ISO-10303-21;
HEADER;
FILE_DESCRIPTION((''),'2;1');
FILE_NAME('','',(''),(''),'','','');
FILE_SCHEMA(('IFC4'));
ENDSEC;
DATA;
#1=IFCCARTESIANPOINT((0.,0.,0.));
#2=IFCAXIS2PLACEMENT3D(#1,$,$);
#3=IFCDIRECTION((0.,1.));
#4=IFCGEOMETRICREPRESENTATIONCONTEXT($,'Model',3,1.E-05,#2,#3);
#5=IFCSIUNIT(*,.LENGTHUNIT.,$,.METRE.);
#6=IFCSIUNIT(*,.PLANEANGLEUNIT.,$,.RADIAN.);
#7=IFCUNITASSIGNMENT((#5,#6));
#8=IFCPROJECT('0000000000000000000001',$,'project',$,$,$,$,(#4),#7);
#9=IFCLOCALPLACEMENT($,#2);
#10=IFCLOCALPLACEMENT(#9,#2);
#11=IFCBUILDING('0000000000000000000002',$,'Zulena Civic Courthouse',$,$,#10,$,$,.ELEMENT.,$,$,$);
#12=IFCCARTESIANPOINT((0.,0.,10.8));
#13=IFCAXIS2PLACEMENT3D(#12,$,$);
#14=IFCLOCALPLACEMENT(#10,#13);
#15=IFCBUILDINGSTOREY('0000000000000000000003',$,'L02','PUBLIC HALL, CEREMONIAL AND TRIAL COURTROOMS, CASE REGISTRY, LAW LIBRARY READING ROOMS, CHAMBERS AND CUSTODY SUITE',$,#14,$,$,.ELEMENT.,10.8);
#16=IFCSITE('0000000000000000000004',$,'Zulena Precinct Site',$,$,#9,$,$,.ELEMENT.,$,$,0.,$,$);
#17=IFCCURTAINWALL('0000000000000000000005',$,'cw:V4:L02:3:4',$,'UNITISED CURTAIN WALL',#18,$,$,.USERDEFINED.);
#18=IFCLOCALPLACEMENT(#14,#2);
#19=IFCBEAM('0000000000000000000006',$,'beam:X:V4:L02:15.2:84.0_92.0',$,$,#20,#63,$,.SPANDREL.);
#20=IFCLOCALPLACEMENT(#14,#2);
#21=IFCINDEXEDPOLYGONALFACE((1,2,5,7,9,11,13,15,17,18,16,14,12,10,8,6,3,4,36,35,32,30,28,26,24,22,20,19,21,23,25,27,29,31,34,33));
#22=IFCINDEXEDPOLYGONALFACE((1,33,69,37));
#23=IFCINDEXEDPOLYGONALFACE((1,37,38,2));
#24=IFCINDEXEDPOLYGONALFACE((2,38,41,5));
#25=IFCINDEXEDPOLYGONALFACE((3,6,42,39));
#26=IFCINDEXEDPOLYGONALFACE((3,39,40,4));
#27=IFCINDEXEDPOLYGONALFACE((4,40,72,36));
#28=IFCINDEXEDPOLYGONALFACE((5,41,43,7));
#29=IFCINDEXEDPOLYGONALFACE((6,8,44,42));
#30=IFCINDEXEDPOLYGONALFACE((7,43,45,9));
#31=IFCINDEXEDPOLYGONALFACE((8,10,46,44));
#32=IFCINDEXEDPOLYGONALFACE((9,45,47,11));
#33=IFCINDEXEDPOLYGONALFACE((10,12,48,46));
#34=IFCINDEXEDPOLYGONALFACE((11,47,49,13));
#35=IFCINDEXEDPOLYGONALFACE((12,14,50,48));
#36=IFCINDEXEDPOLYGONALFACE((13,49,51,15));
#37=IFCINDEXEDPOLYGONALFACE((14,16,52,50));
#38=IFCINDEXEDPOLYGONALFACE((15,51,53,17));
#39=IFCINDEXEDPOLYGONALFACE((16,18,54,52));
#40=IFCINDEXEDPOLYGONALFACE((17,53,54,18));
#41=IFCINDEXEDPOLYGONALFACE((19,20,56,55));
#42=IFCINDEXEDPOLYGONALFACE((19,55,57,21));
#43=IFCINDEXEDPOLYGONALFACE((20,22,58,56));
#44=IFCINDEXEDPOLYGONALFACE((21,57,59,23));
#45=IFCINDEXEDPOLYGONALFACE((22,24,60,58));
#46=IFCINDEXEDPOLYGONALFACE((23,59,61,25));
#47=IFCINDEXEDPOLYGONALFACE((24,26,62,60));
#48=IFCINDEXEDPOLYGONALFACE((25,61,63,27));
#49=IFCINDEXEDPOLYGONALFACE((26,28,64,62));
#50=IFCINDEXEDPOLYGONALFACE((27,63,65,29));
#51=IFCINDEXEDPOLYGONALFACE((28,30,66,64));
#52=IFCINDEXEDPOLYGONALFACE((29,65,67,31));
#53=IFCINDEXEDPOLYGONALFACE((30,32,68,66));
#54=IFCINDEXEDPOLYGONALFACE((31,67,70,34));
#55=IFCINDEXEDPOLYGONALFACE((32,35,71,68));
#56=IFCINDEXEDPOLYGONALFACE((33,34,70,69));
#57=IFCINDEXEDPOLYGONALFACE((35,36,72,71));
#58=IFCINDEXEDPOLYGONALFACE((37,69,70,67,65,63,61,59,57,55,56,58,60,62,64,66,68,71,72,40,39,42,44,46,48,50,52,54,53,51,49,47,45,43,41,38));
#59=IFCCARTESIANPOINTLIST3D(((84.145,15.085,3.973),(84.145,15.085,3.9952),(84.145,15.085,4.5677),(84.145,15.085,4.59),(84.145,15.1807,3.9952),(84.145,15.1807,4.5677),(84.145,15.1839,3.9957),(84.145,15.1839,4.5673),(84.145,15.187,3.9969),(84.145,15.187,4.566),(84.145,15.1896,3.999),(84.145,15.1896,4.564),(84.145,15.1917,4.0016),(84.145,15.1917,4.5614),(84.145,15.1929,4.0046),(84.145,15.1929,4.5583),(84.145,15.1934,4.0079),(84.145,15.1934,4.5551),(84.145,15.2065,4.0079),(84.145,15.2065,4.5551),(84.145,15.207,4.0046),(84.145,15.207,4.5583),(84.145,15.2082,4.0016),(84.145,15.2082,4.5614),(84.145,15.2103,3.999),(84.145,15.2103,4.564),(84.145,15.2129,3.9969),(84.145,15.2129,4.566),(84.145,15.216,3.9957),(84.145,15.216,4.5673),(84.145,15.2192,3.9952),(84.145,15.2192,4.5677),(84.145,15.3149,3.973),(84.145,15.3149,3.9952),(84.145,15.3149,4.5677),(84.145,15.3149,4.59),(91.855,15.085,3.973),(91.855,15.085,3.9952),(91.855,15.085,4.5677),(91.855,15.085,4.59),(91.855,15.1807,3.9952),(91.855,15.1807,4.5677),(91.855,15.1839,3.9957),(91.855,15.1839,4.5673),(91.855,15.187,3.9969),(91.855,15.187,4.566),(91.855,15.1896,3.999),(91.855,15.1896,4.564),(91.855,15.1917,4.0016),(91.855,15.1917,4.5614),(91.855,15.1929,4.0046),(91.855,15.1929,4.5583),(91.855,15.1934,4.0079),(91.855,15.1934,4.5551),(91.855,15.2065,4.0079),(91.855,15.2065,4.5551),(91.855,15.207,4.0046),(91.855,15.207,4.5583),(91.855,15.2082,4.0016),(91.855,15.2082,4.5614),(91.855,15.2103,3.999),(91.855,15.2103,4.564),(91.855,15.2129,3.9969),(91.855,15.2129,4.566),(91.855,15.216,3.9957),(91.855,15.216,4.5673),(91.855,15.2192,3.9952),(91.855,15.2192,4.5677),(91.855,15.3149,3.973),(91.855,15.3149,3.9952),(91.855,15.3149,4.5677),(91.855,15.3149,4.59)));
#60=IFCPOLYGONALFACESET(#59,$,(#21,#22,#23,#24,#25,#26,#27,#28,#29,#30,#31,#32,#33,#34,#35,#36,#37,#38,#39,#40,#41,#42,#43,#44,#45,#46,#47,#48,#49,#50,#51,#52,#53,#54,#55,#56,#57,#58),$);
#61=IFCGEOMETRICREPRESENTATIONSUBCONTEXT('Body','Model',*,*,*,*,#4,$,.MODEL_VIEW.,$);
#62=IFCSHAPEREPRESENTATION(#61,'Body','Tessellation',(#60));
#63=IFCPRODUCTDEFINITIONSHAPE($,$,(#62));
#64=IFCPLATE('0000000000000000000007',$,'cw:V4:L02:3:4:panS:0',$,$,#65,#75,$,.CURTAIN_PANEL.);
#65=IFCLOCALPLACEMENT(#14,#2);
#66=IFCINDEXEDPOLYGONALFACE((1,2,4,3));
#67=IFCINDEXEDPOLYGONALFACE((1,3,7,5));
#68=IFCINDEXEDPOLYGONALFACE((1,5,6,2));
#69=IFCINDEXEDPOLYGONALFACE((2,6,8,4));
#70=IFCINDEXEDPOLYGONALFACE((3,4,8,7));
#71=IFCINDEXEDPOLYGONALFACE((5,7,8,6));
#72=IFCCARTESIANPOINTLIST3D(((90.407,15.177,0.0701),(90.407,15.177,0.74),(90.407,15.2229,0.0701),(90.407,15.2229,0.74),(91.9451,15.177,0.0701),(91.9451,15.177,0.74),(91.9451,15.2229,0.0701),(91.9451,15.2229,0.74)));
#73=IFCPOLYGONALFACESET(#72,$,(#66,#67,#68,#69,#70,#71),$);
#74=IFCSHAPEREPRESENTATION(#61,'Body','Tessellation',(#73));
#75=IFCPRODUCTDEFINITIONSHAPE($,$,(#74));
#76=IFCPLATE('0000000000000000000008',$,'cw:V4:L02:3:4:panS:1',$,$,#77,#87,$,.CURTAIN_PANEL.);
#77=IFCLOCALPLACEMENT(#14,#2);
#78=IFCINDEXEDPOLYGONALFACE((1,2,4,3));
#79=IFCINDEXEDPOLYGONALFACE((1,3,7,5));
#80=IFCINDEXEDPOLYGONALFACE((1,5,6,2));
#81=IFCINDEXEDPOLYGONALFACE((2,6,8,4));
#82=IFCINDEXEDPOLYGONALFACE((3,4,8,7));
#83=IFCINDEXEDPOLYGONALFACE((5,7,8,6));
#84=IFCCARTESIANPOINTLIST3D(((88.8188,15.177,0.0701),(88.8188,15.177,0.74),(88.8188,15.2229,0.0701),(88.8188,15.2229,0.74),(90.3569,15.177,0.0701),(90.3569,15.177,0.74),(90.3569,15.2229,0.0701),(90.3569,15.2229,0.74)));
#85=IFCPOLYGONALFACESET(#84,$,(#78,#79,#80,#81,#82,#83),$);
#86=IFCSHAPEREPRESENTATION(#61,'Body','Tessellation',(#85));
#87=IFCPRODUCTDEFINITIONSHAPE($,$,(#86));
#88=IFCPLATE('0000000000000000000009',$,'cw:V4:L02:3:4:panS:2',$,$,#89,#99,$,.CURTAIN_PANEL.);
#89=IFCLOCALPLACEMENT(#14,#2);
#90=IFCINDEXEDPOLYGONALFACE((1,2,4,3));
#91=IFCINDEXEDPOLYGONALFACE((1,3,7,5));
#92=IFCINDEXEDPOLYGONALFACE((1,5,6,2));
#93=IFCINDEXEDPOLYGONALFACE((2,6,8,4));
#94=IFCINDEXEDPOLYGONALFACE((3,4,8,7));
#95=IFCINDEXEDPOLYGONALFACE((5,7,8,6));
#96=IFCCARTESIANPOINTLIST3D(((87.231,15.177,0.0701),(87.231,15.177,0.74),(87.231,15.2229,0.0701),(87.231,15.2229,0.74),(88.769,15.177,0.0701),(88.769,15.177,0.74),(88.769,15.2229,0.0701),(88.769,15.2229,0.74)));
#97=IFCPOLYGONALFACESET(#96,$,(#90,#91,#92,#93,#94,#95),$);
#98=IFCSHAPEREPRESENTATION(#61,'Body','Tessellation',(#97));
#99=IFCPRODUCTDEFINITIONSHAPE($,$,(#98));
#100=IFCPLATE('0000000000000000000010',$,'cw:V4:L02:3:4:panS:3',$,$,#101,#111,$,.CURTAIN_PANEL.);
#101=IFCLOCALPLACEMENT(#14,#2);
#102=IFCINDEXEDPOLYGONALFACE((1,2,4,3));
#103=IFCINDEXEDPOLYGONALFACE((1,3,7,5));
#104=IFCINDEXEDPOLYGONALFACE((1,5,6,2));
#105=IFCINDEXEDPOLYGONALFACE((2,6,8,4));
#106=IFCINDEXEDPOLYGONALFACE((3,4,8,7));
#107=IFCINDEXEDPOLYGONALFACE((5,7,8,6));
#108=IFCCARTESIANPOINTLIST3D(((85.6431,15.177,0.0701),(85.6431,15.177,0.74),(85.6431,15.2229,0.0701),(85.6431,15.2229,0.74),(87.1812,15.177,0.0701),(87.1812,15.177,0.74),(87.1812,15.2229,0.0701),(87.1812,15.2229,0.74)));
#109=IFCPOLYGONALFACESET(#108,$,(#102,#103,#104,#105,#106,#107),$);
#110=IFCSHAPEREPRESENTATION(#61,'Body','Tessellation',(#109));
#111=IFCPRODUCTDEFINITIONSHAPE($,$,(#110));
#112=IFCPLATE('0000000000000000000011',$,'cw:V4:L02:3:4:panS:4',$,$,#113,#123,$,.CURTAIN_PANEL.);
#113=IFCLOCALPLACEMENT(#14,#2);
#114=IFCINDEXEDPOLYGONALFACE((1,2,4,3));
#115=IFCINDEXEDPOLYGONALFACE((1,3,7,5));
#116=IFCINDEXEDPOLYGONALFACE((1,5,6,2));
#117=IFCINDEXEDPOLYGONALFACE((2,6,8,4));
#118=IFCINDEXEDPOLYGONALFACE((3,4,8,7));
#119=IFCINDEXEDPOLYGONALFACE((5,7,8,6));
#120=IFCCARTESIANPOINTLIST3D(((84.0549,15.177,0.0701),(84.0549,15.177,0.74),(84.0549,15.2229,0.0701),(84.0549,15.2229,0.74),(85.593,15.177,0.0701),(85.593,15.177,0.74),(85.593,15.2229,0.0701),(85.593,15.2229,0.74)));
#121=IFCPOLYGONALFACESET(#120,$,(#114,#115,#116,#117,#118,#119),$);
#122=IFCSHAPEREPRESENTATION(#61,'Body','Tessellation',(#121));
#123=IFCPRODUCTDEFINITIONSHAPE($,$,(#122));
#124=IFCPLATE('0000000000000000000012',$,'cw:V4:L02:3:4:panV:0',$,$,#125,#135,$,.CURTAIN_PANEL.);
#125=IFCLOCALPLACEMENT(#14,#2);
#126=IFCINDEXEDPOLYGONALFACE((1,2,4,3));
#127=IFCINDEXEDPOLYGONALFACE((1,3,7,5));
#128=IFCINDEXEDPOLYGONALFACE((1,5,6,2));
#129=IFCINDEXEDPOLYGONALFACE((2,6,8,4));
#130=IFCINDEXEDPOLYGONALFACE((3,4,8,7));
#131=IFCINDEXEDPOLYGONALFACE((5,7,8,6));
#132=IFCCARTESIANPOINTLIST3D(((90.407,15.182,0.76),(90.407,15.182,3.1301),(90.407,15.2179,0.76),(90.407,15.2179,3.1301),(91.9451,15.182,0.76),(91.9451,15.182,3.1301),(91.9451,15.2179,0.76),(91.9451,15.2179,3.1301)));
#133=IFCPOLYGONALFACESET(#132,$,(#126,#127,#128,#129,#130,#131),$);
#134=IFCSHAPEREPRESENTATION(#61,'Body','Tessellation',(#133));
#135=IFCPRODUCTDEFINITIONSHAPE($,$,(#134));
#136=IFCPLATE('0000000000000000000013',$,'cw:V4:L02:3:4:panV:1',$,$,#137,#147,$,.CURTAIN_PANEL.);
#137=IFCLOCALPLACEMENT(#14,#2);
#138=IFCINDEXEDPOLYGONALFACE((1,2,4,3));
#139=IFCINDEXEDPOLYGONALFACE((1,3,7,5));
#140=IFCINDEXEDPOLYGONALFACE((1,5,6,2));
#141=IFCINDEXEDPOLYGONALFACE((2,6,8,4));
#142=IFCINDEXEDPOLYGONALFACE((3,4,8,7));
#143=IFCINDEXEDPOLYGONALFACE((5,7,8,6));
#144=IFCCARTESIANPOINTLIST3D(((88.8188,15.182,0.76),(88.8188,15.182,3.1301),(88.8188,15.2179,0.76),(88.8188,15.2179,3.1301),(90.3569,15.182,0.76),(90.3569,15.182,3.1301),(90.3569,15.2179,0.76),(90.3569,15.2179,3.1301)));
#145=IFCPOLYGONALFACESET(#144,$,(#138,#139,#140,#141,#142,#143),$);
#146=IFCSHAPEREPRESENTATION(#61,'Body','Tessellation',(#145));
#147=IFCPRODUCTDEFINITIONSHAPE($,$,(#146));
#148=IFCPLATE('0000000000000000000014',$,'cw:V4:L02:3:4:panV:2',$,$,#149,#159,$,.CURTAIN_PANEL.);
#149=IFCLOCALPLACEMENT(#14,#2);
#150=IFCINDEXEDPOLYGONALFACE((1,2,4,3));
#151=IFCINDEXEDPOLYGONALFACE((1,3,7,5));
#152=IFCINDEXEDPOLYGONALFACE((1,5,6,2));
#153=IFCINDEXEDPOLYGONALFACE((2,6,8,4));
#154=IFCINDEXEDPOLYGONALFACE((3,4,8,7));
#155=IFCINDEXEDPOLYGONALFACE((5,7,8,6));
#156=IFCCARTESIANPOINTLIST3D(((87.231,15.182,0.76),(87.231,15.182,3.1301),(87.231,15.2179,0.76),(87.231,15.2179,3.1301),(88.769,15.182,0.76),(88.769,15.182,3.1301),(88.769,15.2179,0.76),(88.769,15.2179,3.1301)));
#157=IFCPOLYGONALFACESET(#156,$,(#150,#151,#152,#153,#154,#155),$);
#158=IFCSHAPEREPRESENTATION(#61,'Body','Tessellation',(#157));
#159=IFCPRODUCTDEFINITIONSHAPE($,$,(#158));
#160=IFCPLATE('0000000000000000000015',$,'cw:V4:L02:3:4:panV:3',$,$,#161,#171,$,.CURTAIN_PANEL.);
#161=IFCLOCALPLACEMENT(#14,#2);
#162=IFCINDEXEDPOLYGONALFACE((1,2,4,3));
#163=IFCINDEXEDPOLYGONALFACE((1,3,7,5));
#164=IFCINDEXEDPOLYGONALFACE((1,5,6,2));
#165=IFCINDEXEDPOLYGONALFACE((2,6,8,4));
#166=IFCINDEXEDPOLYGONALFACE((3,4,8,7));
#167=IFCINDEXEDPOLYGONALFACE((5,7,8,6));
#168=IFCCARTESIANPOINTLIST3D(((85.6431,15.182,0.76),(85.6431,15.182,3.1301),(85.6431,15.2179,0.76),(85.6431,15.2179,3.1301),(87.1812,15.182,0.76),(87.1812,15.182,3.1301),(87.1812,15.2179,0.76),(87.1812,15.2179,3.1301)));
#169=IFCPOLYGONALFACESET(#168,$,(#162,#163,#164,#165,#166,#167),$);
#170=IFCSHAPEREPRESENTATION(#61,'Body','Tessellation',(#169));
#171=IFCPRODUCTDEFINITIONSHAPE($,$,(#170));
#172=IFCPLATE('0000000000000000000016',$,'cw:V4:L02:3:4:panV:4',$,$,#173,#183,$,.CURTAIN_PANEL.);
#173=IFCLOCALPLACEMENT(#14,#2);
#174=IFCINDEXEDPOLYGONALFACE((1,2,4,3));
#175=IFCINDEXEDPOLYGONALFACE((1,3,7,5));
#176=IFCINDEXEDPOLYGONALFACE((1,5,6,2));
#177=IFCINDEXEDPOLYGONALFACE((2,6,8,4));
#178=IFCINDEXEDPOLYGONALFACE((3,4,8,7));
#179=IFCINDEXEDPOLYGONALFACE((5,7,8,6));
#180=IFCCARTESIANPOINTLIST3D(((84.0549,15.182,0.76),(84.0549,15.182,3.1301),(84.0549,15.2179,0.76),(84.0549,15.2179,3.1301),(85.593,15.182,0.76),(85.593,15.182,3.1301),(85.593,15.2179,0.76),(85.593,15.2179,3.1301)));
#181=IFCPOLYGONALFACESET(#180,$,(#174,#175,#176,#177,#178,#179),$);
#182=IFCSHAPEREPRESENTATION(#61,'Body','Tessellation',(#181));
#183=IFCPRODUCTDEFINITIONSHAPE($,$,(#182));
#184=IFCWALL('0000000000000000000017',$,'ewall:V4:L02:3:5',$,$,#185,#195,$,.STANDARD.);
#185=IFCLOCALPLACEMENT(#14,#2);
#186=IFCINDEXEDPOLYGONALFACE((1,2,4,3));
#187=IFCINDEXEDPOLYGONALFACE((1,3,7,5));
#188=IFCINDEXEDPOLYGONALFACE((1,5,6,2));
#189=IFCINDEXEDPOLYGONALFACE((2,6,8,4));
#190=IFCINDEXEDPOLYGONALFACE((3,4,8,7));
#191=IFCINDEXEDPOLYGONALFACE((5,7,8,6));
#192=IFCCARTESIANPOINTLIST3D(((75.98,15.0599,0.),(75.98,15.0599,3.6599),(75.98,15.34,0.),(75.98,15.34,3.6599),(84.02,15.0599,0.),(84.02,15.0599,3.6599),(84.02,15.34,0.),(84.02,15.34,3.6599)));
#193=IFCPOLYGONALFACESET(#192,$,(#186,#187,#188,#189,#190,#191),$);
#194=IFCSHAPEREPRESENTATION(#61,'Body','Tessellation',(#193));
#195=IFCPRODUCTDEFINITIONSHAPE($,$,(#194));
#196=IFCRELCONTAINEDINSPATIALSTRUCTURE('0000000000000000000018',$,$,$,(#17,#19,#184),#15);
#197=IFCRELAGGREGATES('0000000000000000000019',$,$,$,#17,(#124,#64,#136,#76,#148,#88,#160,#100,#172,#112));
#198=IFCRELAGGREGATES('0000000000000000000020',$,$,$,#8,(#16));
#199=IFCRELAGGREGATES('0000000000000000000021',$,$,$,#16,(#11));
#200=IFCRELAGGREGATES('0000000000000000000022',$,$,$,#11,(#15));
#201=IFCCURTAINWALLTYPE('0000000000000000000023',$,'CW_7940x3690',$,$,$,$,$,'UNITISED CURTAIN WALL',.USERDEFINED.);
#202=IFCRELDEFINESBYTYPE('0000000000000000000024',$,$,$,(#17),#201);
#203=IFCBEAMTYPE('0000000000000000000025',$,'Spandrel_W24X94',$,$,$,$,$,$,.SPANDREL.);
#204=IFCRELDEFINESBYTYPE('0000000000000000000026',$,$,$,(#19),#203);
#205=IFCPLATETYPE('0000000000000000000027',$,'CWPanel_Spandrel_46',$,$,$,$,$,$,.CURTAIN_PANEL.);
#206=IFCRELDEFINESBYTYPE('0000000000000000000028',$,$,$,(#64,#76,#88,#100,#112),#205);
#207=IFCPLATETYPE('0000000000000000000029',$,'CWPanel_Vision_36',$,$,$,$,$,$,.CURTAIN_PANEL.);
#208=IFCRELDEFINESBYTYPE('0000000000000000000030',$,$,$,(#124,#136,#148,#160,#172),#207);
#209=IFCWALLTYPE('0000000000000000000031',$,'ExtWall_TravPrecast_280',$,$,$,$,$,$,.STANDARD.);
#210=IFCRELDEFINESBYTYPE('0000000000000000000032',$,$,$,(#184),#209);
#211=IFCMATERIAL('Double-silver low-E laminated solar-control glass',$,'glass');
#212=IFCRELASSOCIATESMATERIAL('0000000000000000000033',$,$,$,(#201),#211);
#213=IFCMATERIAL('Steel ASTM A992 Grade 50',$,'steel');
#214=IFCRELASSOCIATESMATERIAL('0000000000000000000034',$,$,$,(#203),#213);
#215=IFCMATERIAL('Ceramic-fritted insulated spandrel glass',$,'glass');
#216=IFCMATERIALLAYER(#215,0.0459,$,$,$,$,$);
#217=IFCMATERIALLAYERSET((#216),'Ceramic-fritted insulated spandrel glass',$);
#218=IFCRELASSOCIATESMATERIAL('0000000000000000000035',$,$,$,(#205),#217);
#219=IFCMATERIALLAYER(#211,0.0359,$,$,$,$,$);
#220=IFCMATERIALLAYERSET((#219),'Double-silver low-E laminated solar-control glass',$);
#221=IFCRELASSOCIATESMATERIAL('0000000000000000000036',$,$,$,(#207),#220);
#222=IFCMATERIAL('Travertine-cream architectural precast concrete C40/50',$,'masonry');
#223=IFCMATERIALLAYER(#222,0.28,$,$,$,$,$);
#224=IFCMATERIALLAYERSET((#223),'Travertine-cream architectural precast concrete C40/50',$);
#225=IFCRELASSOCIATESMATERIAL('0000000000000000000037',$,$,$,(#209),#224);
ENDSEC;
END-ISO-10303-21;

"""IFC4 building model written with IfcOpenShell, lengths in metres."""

from ifc_helpers import new_model, si_unit, direction, frame, frame_2d, origin, origin_2d, place, context, subcontext, project, spatial, rectangle, i_section, extrude, material, layer, layer_set, material_profile, profile_set, type_object, element, aggregate, save


model = new_model("IFC4")

# Units and contexts
model_context = context("Model", 3, precision=1e-05, world=origin(), true_north=direction((0.0, 1.0)))
body_context = subcontext(model_context, "Body", "Model", "MODEL_VIEW")
ifc_project = project(units=[si_unit("LENGTHUNIT", "METRE"), si_unit("PLANEANGLEUNIT", "RADIAN")], contexts=[model_context])

# Site, building, storey
site_placement = place(None, origin())
site = spatial("IfcSite", under=ifc_project, at=site_placement, Name="Zulena Precinct Site", CompositionType="ELEMENT", RefElevation=0.0)
building_placement = place(site_placement, origin())
building = spatial("IfcBuilding", under=site, at=building_placement, Name="Zulena Civic Courthouse", CompositionType="ELEMENT")
storey_placement = place(building_placement, frame((0.0, 0.0, 10.8)))
storey = spatial("IfcBuildingStorey", under=building, at=storey_placement, Name="L02", Description="PUBLIC HALL, CEREMONIAL AND TRIAL COURTROOMS, CASE REGISTRY, LAW LIBRARY READING ROOMS, CHAMBERS AND CUSTODY SUITE", CompositionType="ELEMENT", Elevation=10.8)

# Curtain wall
ifc_material_1 = material(Name="Double-silver low-E laminated solar-control glass", Category="glass")
curtain_wall_type = type_object("IfcCurtainWallType", Name="CW_7940x3690", ElementType="UNITISED CURTAIN WALL", PredefinedType="USERDEFINED", material=ifc_material_1)
curtain_wall_placement = place(storey_placement, origin())
curtain_wall = element("IfcCurtainWall", 1, at=curtain_wall_placement, inside=storey, type_object=curtain_wall_type, Name="cw:V4:L02:3:4", ObjectType="UNITISED CURTAIN WALL", PredefinedType="USERDEFINED")

# Beam
ifc_material_2 = material(Name="Steel ASTM A992 Grade 50", Category="steel")
ifc_material_profile_1 = material_profile(ifc_material_2, i_section(OverallWidth=0.23, OverallDepth=0.6169, WebThickness=0.0132, FlangeThickness=0.0222, FilletRadius=0.0127, at=origin_2d()), Name="W24X94")
ifc_profile_set_1 = profile_set([ifc_material_profile_1], Name="Steel ASTM A992 Grade 50")
beam_type_1 = type_object("IfcBeamType", Name="Spandrel_W24X94", PredefinedType="SPANDREL", material=ifc_profile_set_1)
beam_1_placement = place(storey_placement, frame((84.145, 15.2, 4.2815), z_axis=(1.0, 0.0, 0.0), x_axis=(0.0, 1.0, 0.0)))
element("IfcBeam", 2, at=beam_1_placement, inside=storey, type_object=beam_type_1, Name="beam:X:V4:L02:15.2:84.0_92.0", PredefinedType="SPANDREL", context=body_context, shape_type="SweptSolid", body=[
    extrude(i_section(OverallWidth=0.23, OverallDepth=0.6169, WebThickness=0.0132, FlangeThickness=0.0222, FilletRadius=0.0127, at=origin_2d()), origin(), (0.0, 0.0, 1.0), 7.71),
])

# Plates
ifc_material_3 = material(Name="Ceramic-fritted insulated spandrel glass", Category="glass")
ifc_layer_1 = layer(ifc_material_3, 0.0459)
ifc_layer_set_1 = layer_set([ifc_layer_1], Name="Ceramic-fritted insulated spandrel glass")
plate_type_1 = type_object("IfcPlateType", Name="CWPanel_Spandrel_46", PredefinedType="CURTAIN_PANEL", material=ifc_layer_set_1)
plate_1_placement = place(storey_placement, frame((91.176, 15.2, 0.0701), z_axis=(0.0, 0.0, 1.0), x_axis=(-1.0, 0.0, 0.0)))
plate_1 = element("IfcPlate", 3, at=plate_1_placement, type_object=plate_type_1, Name="cw:V4:L02:3:4:panS:0", PredefinedType="CURTAIN_PANEL", context=body_context, shape_type="SweptSolid", body=[
    extrude(rectangle(XDim=1.5381, YDim=0.0459, at=origin_2d()), origin(), (0.0, 0.0, 1.0), 0.6699),
])
plate_2_placement = place(storey_placement, frame((89.5879, 15.2, 0.0701), z_axis=(0.0, 0.0, 1.0), x_axis=(-1.0, 0.0, 0.0)))
plate_2 = element("IfcPlate", 4, at=plate_2_placement, type_object=plate_type_1, Name="cw:V4:L02:3:4:panS:1", PredefinedType="CURTAIN_PANEL", context=body_context, shape_type="SweptSolid", body=[
    extrude(rectangle(XDim=1.5381, YDim=0.0459, at=origin_2d()), origin(), (0.0, 0.0, 1.0), 0.6699),
])
plate_3_placement = place(storey_placement, frame((88.0, 15.2, 0.0701), z_axis=(0.0, 0.0, 1.0), x_axis=(-1.0, 0.0, 0.0)))
plate_3 = element("IfcPlate", 5, at=plate_3_placement, type_object=plate_type_1, Name="cw:V4:L02:3:4:panS:2", PredefinedType="CURTAIN_PANEL", context=body_context, shape_type="SweptSolid", body=[
    extrude(rectangle(XDim=1.5381, YDim=0.0459, at=origin_2d()), origin(), (0.0, 0.0, 1.0), 0.6699),
])
plate_4_placement = place(storey_placement, frame((86.4121, 15.2, 0.0701), z_axis=(0.0, 0.0, 1.0), x_axis=(-1.0, 0.0, 0.0)))
plate_4 = element("IfcPlate", 6, at=plate_4_placement, type_object=plate_type_1, Name="cw:V4:L02:3:4:panS:3", PredefinedType="CURTAIN_PANEL", context=body_context, shape_type="SweptSolid", body=[
    extrude(rectangle(XDim=1.5381, YDim=0.0459, at=origin_2d()), origin(), (0.0, 0.0, 1.0), 0.6699),
])
plate_5_placement = place(storey_placement, frame((84.824, 15.2, 0.0701), z_axis=(0.0, 0.0, 1.0), x_axis=(-1.0, 0.0, 0.0)))
plate_5 = element("IfcPlate", 7, at=plate_5_placement, type_object=plate_type_1, Name="cw:V4:L02:3:4:panS:4", PredefinedType="CURTAIN_PANEL", context=body_context, shape_type="SweptSolid", body=[
    extrude(rectangle(XDim=1.5381, YDim=0.0459, at=origin_2d()), origin(), (0.0, 0.0, 1.0), 0.6699),
])
ifc_layer_2 = layer(ifc_material_1, 0.0359)
ifc_layer_set_2 = layer_set([ifc_layer_2], Name="Double-silver low-E laminated solar-control glass")
plate_type_2 = type_object("IfcPlateType", Name="CWPanel_Vision_36", PredefinedType="CURTAIN_PANEL", material=ifc_layer_set_2)
plate_6_placement = place(storey_placement, frame((91.176, 15.2, 0.76), z_axis=(0.0, 0.0, 1.0), x_axis=(-1.0, 0.0, 0.0)))
plate_6 = element("IfcPlate", 8, at=plate_6_placement, type_object=plate_type_2, Name="cw:V4:L02:3:4:panV:0", PredefinedType="CURTAIN_PANEL", context=body_context, shape_type="SweptSolid", body=[
    extrude(rectangle(XDim=1.5381, YDim=0.0359, at=origin_2d()), origin(), (0.0, 0.0, 1.0), 2.3701),
])
plate_7_placement = place(storey_placement, frame((89.5879, 15.2, 0.76), z_axis=(0.0, 0.0, 1.0), x_axis=(-1.0, 0.0, 0.0)))
plate_7 = element("IfcPlate", 9, at=plate_7_placement, type_object=plate_type_2, Name="cw:V4:L02:3:4:panV:1", PredefinedType="CURTAIN_PANEL", context=body_context, shape_type="SweptSolid", body=[
    extrude(rectangle(XDim=1.5381, YDim=0.0359, at=origin_2d()), origin(), (0.0, 0.0, 1.0), 2.3701),
])
plate_8_placement = place(storey_placement, frame((88.0, 15.2, 0.76), z_axis=(0.0, 0.0, 1.0), x_axis=(-1.0, 0.0, 0.0)))
plate_8 = element("IfcPlate", 10, at=plate_8_placement, type_object=plate_type_2, Name="cw:V4:L02:3:4:panV:2", PredefinedType="CURTAIN_PANEL", context=body_context, shape_type="SweptSolid", body=[
    extrude(rectangle(XDim=1.5381, YDim=0.0359, at=origin_2d()), origin(), (0.0, 0.0, 1.0), 2.3701),
])
plate_9_placement = place(storey_placement, frame((86.4121, 15.2, 0.76), z_axis=(0.0, 0.0, 1.0), x_axis=(-1.0, 0.0, 0.0)))
plate_9 = element("IfcPlate", 11, at=plate_9_placement, type_object=plate_type_2, Name="cw:V4:L02:3:4:panV:3", PredefinedType="CURTAIN_PANEL", context=body_context, shape_type="SweptSolid", body=[
    extrude(rectangle(XDim=1.5381, YDim=0.0359, at=origin_2d()), origin(), (0.0, 0.0, 1.0), 2.3701),
])
plate_10_placement = place(storey_placement, frame((84.824, 15.2, 0.76), z_axis=(0.0, 0.0, 1.0), x_axis=(-1.0, 0.0, 0.0)))
plate_10 = element("IfcPlate", 12, at=plate_10_placement, type_object=plate_type_2, Name="cw:V4:L02:3:4:panV:4", PredefinedType="CURTAIN_PANEL", context=body_context, shape_type="SweptSolid", body=[
    extrude(rectangle(XDim=1.5381, YDim=0.0359, at=origin_2d()), origin(), (0.0, 0.0, 1.0), 2.3701),
])
aggregate(curtain_wall, [plate_6, plate_1, plate_7, plate_2, plate_8, plate_3, plate_9, plate_4, plate_10, plate_5])

# Wall
ifc_material_4 = material(Name="Travertine-cream architectural precast concrete C40/50", Category="masonry")
ifc_layer_3 = layer(ifc_material_4, 0.28)
ifc_layer_set_3 = layer_set([ifc_layer_3], Name="Travertine-cream architectural precast concrete C40/50")
wall_type = type_object("IfcWallType", Name="ExtWall_TravPrecast_280", PredefinedType="STANDARD", material=ifc_layer_set_3)
wall_placement = place(storey_placement, frame((84.02, 15.2, 0.0), z_axis=(0.0, 0.0, 1.0), x_axis=(-1.0, 0.0, 0.0)))
element("IfcWall", 13, at=wall_placement, inside=storey, type_object=wall_type, Name="ewall:V4:L02:3:5", PredefinedType="STANDARD", context=body_context, shape_type="SweptSolid", body=[
    extrude(rectangle(XDim=8.04, YDim=0.28, at=frame_2d((4.02, 0.0))), origin(), (0.0, 0.0, 1.0), 3.6599),
])

save(model, "model.ifc")
